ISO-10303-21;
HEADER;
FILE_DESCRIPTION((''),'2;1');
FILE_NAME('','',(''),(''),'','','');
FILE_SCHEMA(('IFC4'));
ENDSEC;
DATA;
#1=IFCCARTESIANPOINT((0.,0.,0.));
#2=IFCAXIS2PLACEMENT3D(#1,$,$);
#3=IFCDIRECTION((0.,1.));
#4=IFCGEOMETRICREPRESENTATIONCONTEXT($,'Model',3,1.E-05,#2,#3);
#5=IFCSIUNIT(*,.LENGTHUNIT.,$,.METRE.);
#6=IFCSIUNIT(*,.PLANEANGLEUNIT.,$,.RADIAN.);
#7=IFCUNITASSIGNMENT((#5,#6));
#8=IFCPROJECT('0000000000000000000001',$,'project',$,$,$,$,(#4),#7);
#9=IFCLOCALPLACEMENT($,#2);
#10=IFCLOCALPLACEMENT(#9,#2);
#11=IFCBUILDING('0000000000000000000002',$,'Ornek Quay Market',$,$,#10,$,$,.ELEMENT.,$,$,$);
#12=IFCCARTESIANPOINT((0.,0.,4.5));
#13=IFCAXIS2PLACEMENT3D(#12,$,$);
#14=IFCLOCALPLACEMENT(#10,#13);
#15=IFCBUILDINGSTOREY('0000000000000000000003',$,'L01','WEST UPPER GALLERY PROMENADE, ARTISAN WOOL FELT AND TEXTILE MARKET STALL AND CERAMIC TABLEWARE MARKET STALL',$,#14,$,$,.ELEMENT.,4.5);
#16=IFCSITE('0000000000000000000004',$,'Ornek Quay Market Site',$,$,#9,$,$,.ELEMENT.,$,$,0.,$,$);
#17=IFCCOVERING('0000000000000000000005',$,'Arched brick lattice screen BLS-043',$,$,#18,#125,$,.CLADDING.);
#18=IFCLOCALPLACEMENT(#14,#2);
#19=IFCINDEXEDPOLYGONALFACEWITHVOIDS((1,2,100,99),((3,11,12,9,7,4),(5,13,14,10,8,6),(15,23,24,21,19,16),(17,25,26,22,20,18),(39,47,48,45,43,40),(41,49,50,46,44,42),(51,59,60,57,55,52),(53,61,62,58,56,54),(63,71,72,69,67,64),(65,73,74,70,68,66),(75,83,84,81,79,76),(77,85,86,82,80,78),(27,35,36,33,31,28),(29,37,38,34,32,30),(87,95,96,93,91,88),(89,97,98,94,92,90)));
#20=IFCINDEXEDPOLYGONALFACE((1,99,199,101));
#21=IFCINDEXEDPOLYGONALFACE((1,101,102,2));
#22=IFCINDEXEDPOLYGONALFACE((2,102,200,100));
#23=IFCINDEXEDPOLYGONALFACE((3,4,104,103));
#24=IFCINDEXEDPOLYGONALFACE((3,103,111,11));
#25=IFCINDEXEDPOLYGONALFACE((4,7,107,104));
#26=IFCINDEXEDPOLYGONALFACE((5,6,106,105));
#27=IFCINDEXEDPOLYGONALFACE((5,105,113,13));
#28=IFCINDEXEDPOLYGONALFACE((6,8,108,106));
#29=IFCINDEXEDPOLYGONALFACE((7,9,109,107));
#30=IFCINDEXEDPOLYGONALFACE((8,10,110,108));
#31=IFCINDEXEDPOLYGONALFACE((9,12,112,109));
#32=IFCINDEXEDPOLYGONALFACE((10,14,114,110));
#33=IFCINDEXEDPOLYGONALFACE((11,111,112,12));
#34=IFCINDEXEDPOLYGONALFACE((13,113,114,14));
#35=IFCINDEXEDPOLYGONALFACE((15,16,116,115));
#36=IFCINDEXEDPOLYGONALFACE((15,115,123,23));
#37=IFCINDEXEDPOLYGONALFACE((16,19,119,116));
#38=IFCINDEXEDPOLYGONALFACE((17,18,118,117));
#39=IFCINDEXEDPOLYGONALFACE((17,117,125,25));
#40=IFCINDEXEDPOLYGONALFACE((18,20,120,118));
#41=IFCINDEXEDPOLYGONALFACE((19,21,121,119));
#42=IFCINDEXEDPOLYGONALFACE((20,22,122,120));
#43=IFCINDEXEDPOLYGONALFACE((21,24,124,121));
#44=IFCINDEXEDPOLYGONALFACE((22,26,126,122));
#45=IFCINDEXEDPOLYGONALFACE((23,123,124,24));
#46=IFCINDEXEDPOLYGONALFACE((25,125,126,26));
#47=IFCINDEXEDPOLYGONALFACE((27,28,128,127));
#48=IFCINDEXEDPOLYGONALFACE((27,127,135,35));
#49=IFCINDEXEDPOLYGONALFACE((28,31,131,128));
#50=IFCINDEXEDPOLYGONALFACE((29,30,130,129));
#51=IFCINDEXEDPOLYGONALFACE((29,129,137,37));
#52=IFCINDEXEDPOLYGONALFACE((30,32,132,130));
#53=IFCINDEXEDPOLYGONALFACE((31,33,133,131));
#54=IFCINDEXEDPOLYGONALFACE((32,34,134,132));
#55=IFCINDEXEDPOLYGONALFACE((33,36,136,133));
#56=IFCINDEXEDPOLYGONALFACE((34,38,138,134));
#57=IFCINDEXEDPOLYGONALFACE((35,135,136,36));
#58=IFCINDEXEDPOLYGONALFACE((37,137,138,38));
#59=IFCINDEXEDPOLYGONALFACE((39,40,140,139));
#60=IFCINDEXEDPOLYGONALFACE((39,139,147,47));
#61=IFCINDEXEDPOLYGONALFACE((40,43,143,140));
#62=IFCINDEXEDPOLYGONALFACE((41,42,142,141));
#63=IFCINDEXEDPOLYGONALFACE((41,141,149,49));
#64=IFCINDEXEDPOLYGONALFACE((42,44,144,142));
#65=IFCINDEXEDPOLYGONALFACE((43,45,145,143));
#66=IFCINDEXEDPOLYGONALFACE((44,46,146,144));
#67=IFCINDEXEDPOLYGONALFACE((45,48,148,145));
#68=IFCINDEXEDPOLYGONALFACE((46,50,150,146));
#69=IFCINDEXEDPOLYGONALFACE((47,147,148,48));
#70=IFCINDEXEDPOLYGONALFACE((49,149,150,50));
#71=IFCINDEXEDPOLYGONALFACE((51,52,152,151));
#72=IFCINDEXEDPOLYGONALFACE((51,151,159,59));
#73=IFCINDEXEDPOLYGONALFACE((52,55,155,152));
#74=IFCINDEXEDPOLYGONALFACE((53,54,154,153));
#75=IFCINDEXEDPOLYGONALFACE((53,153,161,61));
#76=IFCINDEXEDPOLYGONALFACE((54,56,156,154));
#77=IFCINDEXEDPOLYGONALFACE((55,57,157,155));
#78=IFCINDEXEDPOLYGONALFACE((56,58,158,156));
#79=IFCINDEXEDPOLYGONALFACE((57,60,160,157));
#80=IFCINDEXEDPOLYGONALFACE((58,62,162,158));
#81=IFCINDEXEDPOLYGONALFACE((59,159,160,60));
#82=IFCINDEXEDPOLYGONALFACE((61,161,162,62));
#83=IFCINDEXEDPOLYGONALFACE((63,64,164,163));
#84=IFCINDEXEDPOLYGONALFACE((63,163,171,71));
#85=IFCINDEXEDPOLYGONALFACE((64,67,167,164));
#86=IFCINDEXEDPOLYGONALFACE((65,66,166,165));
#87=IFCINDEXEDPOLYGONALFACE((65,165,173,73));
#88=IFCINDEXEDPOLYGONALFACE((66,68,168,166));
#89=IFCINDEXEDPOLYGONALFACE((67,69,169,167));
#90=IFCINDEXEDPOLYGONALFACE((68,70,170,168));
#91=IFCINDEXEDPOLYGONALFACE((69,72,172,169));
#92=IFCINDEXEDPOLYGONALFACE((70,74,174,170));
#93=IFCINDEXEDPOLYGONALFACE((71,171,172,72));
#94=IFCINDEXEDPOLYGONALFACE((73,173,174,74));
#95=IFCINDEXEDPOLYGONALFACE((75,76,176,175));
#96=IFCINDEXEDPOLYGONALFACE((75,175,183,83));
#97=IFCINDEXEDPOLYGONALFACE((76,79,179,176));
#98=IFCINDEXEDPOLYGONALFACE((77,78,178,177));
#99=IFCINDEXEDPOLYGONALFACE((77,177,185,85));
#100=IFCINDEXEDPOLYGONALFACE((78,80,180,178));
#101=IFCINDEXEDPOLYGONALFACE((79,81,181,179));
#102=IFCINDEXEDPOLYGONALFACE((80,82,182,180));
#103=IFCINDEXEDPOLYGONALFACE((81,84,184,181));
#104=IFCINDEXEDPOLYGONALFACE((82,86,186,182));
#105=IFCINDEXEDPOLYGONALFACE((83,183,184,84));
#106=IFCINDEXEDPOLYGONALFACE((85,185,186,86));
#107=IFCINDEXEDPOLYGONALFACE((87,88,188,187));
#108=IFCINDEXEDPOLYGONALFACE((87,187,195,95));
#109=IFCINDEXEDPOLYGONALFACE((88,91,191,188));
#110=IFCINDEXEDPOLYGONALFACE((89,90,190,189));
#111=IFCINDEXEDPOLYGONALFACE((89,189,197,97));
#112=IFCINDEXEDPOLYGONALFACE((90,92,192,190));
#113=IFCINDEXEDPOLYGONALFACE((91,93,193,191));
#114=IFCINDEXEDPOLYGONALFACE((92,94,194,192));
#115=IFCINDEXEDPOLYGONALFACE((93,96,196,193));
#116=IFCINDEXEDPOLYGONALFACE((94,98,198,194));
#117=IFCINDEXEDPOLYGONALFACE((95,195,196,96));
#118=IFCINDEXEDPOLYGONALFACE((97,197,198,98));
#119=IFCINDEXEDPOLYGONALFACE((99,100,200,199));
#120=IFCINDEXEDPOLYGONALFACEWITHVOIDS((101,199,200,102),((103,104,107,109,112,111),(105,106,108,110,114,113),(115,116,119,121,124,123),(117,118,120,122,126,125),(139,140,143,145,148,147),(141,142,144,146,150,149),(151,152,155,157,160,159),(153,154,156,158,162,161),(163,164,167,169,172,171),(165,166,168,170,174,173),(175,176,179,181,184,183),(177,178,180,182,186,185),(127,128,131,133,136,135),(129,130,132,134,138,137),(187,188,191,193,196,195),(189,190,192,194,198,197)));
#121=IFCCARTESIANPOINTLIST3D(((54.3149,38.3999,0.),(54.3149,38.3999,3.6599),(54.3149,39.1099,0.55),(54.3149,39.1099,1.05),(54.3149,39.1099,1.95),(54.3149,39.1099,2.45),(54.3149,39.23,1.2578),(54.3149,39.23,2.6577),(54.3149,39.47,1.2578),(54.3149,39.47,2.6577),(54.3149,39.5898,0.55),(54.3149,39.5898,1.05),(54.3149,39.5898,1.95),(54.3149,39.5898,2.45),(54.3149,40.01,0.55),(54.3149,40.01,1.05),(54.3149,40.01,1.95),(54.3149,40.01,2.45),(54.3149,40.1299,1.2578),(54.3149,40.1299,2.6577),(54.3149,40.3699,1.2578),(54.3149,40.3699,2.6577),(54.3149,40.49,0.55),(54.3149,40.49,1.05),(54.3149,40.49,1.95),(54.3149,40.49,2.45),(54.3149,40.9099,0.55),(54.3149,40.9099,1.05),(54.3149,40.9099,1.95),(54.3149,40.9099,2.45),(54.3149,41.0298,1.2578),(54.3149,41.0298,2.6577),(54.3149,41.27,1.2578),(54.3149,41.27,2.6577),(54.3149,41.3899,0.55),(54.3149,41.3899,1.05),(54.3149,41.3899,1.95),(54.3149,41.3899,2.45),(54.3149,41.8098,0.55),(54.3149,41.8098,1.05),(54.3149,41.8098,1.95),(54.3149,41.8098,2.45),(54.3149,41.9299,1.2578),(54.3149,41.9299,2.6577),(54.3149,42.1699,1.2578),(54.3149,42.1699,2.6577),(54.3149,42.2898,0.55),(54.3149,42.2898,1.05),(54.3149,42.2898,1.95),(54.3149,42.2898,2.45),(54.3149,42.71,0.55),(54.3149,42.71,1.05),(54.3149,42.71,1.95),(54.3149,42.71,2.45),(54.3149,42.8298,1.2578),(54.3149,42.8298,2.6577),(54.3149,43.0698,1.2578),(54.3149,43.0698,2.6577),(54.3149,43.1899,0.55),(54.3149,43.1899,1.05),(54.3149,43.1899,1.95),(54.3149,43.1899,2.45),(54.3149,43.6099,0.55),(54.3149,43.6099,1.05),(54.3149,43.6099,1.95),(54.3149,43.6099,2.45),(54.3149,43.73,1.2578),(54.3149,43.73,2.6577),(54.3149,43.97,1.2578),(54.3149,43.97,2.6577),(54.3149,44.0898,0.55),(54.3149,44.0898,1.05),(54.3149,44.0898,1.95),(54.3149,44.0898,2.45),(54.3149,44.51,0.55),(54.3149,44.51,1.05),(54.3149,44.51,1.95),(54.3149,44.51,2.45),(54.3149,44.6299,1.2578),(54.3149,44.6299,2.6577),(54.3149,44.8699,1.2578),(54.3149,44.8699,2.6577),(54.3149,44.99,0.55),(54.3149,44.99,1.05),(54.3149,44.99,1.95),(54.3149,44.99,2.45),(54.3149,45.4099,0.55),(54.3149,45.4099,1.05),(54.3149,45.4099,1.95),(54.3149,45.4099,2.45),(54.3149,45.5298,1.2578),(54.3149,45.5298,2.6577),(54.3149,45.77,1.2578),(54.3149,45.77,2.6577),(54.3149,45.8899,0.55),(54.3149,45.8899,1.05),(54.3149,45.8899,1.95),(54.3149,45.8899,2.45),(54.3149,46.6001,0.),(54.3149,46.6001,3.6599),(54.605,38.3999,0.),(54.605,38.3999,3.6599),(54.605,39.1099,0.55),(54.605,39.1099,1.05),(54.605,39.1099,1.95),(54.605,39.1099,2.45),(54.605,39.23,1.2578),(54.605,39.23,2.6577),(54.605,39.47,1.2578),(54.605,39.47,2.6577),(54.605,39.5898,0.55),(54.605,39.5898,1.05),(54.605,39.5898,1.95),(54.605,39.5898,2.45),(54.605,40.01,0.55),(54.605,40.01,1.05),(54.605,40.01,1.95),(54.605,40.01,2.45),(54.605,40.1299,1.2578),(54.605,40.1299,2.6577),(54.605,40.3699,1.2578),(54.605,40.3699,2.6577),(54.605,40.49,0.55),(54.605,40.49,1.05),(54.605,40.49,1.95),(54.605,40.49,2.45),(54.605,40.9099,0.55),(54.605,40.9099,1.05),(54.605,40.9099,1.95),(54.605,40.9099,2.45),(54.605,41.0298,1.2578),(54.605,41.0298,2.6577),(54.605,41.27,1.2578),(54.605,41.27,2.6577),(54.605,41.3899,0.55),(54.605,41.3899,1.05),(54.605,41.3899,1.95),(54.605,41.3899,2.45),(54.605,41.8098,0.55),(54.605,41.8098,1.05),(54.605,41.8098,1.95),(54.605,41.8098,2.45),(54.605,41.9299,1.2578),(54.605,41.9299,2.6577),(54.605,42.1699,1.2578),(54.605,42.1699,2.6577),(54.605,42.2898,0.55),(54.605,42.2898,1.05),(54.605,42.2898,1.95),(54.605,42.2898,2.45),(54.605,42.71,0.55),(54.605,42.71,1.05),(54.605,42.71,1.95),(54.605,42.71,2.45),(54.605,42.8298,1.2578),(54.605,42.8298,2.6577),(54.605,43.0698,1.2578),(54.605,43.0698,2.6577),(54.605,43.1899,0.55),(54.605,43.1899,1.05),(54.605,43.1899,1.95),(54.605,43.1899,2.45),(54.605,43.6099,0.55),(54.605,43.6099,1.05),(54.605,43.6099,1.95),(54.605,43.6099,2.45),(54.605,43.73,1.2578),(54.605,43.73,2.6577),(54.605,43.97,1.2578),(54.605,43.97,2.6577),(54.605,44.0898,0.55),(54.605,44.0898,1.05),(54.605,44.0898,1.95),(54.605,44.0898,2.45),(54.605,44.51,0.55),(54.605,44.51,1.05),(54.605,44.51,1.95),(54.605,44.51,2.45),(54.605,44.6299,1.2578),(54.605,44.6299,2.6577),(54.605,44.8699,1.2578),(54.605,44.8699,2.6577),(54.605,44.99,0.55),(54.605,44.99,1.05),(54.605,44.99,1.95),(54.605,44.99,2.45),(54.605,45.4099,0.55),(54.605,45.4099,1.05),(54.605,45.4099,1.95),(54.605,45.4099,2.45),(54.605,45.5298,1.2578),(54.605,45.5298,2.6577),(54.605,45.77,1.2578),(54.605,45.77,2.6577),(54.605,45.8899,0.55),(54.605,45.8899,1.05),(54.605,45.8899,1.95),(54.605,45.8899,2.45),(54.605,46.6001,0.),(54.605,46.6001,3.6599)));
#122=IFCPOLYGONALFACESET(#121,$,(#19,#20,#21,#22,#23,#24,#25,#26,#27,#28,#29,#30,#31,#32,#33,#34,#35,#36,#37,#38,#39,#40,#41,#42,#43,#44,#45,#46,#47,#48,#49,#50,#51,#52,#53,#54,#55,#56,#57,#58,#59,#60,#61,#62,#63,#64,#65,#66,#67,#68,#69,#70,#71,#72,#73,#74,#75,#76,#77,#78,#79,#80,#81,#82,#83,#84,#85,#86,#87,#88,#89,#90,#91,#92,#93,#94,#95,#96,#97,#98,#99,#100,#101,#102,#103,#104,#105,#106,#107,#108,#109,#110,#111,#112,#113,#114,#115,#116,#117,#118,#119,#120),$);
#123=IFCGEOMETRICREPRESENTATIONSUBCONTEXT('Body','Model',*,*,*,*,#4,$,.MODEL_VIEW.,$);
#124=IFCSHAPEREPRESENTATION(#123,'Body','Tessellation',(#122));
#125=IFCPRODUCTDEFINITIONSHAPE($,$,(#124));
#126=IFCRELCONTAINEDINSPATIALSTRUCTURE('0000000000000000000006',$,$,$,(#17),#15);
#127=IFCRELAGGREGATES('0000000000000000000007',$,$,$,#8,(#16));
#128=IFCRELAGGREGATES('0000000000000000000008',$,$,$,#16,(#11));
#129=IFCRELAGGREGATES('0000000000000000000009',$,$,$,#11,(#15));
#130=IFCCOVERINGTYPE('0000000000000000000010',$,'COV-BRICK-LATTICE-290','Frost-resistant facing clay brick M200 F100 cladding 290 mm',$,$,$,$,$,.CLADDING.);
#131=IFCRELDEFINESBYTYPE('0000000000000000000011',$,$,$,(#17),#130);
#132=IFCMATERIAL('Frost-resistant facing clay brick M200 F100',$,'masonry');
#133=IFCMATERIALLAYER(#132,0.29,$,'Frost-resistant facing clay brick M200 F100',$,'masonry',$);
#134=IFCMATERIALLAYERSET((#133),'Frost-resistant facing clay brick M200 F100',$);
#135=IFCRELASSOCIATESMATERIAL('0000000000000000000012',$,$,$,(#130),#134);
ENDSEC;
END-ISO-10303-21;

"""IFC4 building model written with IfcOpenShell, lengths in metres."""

from ifc_helpers import new_model, si_unit, direction, frame, origin, place, context, subcontext, project, spatial, polyline, outline, extrude, material, layer, layer_set, type_object, element, save


model = new_model("IFC4")

# Units and contexts
model_context = context("Model", 3, precision=1e-05, world=origin(), true_north=direction((0.0, 1.0)))
body_context = subcontext(model_context, "Body", "Model", "MODEL_VIEW")
ifc_project = project(units=[si_unit("LENGTHUNIT", "METRE"), si_unit("PLANEANGLEUNIT", "RADIAN")], contexts=[model_context])

# Site, building, storey
site_placement = place(None, origin())
site = spatial("IfcSite", under=ifc_project, at=site_placement, Name="Ornek Quay Market Site", CompositionType="ELEMENT", RefElevation=0.0)
building_placement = place(site_placement, origin())
building = spatial("IfcBuilding", under=site, at=building_placement, Name="Ornek Quay Market", CompositionType="ELEMENT")
storey_placement = place(building_placement, frame((0.0, 0.0, 4.5)))
storey = spatial("IfcBuildingStorey", under=building, at=storey_placement, Name="L01", Description="WEST UPPER GALLERY PROMENADE, ARTISAN WOOL FELT AND TEXTILE MARKET STALL AND CERAMIC TABLEWARE MARKET STALL", CompositionType="ELEMENT", Elevation=4.5)

# Shared definitions
ifc_material_1 = material(Name="Frost-resistant facing clay brick M200 F100", Category="masonry")

# Covering
ifc_layer_1 = layer(ifc_material_1, 0.29, Name="Frost-resistant facing clay brick M200 F100", Category="masonry")
ifc_layer_set_1 = layer_set([ifc_layer_1], Name="Frost-resistant facing clay brick M200 F100")
covering_type = type_object("IfcCoveringType", Name="COV-BRICK-LATTICE-290", Description="Frost-resistant facing clay brick M200 F100 cladding 290 mm", PredefinedType="CLADDING", material=ifc_layer_set_1)
covering_1_placement = place(storey_placement, frame((54.46, 38.3999, 0.0), z_axis=(0.0, 0.0, 1.0), x_axis=(0.0, 1.0, 0.0)))
element("IfcCovering", 1, at=covering_1_placement, inside=storey, type_object=covering_type, Name="Arched brick lattice screen BLS-043", PredefinedType="CLADDING", context=body_context, shape_type="SweptSolid", body=[
    extrude(outline(polyline([(0.0, 0.0), (8.2002, 0.0), (8.2002, 3.6599), (0.0, 3.6599), (0.0, 0.0)]), holes=[polyline([(0.71, 0.55), (1.1899, 0.55), (1.1899, 1.05), (1.0701, 1.2578), (0.8301, 1.2578), (0.71, 1.05), (0.71, 0.55)]), polyline([(0.71, 1.95), (1.1899, 1.95), (1.1899, 2.45), (1.0701, 2.6577), (0.8301, 2.6577), (0.71, 2.45), (0.71, 1.95)]), polyline([(1.6101, 0.55), (2.0901, 0.55), (2.0901, 1.05), (1.97, 1.2578), (1.73, 1.2578), (1.6101, 1.05), (1.6101, 0.55)]), polyline([(1.6101, 1.95), (2.0901, 1.95), (2.0901, 2.45), (1.97, 2.6577), (1.73, 2.6577), (1.6101, 2.45), (1.6101, 1.95)]), polyline([(2.51, 0.55), (2.99, 0.55), (2.99, 1.05), (2.8701, 1.2578), (2.6299, 1.2578), (2.51, 1.05), (2.51, 0.55)]), polyline([(2.51, 1.95), (2.99, 1.95), (2.99, 2.45), (2.8701, 2.6577), (2.6299, 2.6577), (2.51, 2.45), (2.51, 1.95)]), polyline([(3.4099, 0.55), (3.8899, 0.55), (3.8899, 1.05), (3.77, 1.2578), (3.53, 1.2578), (3.4099, 1.05), (3.4099, 0.55)]), polyline([(3.4099, 1.95), (3.8899, 1.95), (3.8899, 2.45), (3.77, 2.6577), (3.53, 2.6577), (3.4099, 2.45), (3.4099, 1.95)]), polyline([(4.3101, 0.55), (4.79, 0.55), (4.79, 1.05), (4.6699, 1.2578), (4.4299, 1.2578), (4.3101, 1.05), (4.3101, 0.55)]), polyline([(4.3101, 1.95), (4.79, 1.95), (4.79, 2.45), (4.6699, 2.6577), (4.4299, 2.6577), (4.3101, 2.45), (4.3101, 1.95)]), polyline([(5.21, 0.55), (5.6899, 0.55), (5.6899, 1.05), (5.5701, 1.2578), (5.3301, 1.2578), (5.21, 1.05), (5.21, 0.55)]), polyline([(5.21, 1.95), (5.6899, 1.95), (5.6899, 2.45), (5.5701, 2.6577), (5.3301, 2.6577), (5.21, 2.45), (5.21, 1.95)]), polyline([(6.1101, 0.55), (6.5901, 0.55), (6.5901, 1.05), (6.47, 1.2578), (6.23, 1.2578), (6.1101, 1.05), (6.1101, 0.55)]), polyline([(6.1101, 1.95), (6.5901, 1.95), (6.5901, 2.45), (6.47, 2.6577), (6.23, 2.6577), (6.1101, 2.45), (6.1101, 1.95)]), polyline([(7.01, 0.55), (7.49, 0.55), (7.49, 1.05), (7.3701, 1.2578), (7.1299, 1.2578), (7.01, 1.05), (7.01, 0.55)]), polyline([(7.01, 1.95), (7.49, 1.95), (7.49, 2.45), (7.3701, 2.6577), (7.1299, 2.6577), (7.01, 2.45), (7.01, 1.95)])]), frame((0.0, 0.145, 0.0), z_axis=(0.0, -1.0, 0.0), x_axis=(1.0, 0.0, 0.0)), (0.0, 0.0, 1.0), 0.29),
])

save(model, "model.ifc")
